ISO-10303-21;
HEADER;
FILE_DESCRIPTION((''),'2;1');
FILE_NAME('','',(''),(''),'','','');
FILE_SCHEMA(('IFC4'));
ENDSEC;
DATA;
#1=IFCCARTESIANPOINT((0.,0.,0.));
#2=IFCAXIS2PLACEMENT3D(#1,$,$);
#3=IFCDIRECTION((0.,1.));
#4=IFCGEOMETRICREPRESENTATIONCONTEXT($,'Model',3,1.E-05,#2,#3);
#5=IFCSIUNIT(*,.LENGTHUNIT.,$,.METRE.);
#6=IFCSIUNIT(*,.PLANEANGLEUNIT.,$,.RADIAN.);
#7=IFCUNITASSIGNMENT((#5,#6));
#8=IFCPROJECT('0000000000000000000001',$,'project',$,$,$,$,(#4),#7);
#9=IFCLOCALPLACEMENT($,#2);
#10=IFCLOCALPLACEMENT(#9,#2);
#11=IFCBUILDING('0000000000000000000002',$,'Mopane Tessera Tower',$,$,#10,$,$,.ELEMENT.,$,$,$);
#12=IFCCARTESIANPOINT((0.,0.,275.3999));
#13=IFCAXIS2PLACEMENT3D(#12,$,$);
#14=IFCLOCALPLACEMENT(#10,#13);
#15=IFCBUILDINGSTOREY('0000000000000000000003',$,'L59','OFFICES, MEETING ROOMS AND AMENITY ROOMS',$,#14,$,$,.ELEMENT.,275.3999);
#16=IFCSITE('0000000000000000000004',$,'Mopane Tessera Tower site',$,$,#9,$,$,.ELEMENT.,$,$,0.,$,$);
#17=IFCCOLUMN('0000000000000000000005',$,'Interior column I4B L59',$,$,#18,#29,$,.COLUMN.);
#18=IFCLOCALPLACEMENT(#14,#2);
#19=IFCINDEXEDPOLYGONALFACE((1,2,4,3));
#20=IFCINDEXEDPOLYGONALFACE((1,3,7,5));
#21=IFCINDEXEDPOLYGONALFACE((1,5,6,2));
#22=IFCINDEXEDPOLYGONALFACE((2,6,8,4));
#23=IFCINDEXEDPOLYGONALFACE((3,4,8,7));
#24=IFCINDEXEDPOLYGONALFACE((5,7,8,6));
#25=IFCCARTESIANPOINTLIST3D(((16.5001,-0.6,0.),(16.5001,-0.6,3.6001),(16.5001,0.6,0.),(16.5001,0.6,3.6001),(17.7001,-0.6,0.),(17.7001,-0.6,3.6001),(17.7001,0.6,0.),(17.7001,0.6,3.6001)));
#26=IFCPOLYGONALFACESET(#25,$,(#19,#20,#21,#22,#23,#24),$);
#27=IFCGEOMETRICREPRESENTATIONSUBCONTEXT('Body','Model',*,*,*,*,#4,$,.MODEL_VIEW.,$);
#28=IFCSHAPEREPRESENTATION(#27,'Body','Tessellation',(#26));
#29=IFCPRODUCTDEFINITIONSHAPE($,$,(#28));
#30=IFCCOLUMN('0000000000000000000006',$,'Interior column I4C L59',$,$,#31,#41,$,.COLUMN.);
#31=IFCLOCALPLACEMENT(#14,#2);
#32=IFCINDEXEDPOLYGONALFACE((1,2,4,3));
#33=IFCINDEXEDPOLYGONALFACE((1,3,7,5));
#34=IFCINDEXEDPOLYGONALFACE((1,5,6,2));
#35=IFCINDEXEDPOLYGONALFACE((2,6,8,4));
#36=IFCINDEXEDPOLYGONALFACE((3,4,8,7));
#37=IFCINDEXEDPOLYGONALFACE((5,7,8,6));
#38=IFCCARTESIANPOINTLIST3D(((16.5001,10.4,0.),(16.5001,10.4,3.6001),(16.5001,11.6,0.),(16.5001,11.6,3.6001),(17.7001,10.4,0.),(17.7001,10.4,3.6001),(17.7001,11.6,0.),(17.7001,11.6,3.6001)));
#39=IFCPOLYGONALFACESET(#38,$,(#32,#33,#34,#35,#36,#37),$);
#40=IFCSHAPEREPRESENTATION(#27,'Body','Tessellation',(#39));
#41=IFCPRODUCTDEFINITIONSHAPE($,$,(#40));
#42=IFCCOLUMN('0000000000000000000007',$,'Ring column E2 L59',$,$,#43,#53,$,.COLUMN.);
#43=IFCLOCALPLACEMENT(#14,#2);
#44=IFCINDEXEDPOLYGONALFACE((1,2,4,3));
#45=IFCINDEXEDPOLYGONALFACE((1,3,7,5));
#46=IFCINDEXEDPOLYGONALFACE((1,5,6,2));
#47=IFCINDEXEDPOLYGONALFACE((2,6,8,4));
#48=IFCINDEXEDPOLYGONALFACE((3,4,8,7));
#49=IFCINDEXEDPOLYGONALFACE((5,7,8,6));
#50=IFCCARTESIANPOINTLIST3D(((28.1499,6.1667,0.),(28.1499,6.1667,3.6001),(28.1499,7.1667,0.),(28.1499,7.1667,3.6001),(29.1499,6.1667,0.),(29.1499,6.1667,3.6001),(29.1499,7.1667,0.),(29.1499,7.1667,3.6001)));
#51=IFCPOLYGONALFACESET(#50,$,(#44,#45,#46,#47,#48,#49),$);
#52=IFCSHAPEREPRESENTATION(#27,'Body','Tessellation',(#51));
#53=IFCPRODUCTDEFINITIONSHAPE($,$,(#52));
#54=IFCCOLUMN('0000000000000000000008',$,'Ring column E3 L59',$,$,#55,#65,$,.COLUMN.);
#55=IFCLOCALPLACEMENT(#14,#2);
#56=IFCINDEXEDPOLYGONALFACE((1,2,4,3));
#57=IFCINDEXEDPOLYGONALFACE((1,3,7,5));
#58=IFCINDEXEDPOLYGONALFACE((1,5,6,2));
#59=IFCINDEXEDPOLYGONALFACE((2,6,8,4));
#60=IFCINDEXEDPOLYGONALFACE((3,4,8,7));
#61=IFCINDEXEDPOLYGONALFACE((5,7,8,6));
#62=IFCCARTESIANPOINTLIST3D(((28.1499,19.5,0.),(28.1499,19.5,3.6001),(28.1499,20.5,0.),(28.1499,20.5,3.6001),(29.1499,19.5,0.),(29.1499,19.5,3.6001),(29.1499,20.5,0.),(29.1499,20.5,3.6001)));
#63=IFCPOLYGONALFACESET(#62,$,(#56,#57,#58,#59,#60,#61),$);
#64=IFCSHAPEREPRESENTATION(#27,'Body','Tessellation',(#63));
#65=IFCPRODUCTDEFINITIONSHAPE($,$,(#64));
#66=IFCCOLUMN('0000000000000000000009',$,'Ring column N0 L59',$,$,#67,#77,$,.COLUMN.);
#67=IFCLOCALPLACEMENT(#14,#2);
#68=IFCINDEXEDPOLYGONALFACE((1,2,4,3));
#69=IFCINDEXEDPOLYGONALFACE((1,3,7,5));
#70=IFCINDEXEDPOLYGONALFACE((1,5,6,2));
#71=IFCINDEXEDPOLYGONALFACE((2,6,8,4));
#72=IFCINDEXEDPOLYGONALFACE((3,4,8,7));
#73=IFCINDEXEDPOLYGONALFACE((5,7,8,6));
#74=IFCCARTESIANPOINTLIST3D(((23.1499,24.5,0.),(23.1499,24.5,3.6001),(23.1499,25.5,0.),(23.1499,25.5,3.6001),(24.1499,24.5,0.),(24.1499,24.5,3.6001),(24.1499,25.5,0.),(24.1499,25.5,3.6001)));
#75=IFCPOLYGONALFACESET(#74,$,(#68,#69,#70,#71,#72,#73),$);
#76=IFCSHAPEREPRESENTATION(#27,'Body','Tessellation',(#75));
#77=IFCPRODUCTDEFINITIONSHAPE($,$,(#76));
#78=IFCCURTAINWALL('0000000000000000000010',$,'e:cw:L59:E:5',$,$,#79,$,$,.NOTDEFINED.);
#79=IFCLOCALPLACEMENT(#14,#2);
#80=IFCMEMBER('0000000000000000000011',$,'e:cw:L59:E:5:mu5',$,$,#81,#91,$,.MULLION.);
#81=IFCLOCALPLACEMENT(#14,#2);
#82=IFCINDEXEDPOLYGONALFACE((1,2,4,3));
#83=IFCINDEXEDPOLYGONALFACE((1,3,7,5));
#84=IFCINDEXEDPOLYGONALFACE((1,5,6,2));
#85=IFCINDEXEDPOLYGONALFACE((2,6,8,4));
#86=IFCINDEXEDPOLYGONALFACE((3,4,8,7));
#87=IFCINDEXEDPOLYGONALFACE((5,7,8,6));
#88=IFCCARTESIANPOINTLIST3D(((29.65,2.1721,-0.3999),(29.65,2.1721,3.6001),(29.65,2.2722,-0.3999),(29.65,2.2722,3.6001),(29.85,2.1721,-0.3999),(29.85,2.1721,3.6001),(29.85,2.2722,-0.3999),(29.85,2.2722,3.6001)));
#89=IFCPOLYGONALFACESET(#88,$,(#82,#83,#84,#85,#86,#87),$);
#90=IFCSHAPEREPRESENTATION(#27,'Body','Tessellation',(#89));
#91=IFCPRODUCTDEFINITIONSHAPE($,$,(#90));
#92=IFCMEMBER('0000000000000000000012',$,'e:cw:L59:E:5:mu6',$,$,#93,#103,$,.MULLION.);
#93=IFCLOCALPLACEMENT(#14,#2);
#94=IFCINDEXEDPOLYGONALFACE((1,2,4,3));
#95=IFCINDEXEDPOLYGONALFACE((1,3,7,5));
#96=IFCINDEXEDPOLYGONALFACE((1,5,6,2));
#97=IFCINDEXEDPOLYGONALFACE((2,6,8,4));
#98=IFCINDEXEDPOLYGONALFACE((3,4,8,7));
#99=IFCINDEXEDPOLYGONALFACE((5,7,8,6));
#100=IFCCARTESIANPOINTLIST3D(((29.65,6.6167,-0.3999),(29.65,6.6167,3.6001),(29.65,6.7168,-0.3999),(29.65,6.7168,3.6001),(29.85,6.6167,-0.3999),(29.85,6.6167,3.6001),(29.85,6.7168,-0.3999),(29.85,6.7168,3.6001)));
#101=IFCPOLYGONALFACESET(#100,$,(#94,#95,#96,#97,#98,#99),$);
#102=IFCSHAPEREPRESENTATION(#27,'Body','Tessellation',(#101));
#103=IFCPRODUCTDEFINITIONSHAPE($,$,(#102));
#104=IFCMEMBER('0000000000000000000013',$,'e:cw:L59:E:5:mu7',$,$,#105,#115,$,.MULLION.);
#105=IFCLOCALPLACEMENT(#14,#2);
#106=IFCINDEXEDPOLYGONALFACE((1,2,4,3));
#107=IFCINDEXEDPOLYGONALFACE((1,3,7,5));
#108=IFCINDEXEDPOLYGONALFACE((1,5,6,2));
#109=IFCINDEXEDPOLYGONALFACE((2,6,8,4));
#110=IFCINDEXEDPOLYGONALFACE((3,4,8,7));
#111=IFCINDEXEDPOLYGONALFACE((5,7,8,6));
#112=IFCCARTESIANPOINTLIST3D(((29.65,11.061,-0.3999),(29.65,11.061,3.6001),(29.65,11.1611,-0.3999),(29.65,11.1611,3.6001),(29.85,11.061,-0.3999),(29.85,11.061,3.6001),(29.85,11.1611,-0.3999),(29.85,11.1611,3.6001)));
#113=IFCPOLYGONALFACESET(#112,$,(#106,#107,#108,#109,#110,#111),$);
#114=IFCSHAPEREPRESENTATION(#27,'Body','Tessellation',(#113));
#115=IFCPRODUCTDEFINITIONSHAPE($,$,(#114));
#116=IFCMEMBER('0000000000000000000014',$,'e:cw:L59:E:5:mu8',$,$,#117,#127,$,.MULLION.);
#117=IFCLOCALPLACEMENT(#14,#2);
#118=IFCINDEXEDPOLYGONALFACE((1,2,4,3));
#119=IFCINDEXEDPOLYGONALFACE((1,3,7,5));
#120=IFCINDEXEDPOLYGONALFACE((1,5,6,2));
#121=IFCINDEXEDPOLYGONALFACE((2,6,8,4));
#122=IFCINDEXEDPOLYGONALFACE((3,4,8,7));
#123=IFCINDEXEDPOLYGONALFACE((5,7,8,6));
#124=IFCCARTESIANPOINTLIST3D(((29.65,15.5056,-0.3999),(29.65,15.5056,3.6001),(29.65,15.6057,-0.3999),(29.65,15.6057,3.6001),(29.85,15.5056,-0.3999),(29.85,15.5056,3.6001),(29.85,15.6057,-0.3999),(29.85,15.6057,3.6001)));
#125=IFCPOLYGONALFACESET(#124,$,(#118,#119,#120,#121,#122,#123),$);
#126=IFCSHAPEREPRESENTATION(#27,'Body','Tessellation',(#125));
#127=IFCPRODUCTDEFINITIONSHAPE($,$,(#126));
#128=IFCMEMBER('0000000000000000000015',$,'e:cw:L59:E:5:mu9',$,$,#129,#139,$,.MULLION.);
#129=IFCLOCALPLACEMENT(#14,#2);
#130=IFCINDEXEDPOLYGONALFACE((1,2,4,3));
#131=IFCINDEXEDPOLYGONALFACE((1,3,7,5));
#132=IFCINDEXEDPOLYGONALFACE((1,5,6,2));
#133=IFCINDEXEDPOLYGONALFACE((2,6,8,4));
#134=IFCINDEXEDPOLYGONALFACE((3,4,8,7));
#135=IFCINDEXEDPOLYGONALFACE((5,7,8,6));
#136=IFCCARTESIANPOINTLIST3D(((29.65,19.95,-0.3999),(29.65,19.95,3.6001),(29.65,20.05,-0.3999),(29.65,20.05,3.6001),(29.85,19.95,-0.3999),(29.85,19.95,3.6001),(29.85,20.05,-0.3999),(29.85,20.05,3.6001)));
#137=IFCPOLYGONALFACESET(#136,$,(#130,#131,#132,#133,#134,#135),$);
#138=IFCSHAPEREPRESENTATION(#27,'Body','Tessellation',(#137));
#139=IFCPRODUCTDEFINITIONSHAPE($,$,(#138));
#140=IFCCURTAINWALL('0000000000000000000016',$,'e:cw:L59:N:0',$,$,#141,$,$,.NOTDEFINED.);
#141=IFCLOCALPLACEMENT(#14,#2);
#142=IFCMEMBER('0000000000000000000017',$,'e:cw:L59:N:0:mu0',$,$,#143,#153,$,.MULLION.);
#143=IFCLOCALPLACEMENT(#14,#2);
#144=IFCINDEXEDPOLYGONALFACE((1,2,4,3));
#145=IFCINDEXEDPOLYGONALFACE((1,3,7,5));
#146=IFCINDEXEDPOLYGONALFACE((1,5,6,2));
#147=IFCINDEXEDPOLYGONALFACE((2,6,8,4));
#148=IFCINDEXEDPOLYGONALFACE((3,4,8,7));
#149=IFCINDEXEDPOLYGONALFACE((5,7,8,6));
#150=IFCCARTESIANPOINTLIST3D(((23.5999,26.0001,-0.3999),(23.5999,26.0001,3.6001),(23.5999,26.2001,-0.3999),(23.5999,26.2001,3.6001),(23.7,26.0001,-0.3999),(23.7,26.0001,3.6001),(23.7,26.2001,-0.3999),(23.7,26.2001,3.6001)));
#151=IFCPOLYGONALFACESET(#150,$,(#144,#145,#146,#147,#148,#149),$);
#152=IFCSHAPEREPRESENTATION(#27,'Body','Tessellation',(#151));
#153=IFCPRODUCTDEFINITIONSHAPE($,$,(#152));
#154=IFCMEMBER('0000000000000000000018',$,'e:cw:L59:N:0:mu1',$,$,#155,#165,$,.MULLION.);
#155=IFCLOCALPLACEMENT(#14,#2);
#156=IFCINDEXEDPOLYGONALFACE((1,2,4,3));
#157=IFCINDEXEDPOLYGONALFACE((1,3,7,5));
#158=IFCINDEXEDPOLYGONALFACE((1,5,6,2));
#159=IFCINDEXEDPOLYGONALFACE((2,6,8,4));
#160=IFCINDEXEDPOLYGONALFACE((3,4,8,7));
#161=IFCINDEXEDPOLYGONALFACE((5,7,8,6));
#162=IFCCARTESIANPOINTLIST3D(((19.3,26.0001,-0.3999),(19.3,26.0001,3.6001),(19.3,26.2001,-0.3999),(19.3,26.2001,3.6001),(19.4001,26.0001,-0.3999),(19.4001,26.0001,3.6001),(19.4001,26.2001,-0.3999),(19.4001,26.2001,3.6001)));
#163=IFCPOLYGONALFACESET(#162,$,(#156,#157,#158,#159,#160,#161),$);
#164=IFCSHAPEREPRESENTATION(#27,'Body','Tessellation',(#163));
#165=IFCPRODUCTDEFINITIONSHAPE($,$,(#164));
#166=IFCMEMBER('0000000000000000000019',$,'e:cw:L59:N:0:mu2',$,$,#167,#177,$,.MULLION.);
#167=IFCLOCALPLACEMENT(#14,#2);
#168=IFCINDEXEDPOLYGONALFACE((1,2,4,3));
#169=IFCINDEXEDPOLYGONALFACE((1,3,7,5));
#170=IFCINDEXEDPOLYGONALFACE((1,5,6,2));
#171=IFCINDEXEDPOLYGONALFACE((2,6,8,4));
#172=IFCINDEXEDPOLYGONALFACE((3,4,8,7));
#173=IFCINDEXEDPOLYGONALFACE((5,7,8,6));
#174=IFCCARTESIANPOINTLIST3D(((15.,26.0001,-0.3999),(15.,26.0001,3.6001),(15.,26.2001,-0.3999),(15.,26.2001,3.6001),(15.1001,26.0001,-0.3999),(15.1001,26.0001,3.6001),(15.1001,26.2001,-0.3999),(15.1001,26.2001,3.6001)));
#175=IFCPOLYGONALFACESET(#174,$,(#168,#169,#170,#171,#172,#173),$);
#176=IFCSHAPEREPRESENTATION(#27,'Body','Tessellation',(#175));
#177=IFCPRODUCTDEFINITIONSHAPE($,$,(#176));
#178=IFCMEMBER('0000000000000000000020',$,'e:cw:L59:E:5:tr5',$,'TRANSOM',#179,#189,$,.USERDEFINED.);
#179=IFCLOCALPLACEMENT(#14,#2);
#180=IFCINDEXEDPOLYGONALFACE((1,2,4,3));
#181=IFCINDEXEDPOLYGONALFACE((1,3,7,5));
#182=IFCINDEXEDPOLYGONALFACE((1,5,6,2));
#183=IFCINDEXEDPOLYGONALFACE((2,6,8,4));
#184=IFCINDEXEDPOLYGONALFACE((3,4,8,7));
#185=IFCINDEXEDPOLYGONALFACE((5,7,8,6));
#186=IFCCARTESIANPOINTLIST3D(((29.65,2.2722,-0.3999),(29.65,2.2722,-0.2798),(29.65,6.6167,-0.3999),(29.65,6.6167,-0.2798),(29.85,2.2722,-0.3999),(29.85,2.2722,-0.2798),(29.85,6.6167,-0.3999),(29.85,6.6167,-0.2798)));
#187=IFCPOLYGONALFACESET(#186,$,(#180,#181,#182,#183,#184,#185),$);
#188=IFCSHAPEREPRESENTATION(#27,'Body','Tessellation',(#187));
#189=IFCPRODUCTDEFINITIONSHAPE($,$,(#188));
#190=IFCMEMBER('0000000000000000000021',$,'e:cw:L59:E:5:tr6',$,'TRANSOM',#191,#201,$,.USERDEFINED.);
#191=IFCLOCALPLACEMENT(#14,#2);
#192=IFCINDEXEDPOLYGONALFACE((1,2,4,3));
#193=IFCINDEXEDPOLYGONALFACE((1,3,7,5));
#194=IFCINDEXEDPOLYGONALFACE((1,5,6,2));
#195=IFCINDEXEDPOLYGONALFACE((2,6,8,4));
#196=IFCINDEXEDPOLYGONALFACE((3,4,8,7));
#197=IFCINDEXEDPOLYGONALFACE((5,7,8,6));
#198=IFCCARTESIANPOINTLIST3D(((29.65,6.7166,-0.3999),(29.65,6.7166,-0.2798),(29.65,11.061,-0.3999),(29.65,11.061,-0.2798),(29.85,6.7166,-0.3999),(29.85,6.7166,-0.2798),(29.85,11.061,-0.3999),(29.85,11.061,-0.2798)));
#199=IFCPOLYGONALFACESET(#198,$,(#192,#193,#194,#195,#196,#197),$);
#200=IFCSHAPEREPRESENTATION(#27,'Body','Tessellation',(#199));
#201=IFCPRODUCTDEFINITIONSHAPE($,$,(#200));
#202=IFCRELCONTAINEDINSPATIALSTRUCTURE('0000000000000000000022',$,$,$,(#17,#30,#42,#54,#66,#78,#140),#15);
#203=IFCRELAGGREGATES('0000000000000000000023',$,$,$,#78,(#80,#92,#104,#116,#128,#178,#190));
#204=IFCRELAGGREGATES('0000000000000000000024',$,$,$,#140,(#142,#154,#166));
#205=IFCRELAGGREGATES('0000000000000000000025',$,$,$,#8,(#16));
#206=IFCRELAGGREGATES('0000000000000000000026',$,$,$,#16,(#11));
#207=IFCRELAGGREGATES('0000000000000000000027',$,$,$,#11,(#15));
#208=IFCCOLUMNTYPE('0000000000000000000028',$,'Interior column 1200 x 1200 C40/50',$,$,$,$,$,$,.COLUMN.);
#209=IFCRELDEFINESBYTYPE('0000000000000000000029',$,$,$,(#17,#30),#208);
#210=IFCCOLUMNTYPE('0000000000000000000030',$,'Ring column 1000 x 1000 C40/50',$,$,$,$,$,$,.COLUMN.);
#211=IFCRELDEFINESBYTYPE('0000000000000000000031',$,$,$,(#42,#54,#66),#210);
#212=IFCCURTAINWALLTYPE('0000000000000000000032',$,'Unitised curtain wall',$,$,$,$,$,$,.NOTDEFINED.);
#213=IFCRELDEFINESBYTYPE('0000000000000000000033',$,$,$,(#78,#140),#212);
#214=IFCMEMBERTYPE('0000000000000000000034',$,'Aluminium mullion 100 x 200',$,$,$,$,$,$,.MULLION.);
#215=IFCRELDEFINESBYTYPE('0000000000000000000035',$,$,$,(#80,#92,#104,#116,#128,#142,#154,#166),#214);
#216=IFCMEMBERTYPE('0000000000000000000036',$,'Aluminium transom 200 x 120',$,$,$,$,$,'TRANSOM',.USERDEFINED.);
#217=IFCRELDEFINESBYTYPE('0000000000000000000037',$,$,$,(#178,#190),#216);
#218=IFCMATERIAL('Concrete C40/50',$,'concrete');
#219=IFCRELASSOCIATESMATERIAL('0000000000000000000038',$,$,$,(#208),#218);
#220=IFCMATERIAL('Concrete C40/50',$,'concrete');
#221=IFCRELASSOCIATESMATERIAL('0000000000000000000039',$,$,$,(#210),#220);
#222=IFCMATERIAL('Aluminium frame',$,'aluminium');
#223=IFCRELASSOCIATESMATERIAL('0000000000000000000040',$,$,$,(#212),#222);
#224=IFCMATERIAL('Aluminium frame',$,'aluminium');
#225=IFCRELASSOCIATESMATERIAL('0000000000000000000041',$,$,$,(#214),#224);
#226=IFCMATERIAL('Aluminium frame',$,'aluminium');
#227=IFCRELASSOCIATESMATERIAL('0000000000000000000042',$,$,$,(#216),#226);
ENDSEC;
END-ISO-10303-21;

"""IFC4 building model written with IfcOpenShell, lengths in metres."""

from ifc_helpers import new_model, si_unit, direction, frame, origin, origin_2d, place, context, subcontext, project, spatial, rectangle, extrude, material, material_profile, profile_set, type_object, element, aggregate, save


model = new_model("IFC4")

# Units and contexts
model_context = context("Model", 3, precision=1e-05, world=origin(), true_north=direction((0.0, 1.0)))
body_context = subcontext(model_context, "Body", "Model", "MODEL_VIEW")
ifc_project = project(units=[si_unit("LENGTHUNIT", "METRE"), si_unit("PLANEANGLEUNIT", "RADIAN")], contexts=[model_context])

# Site, building, storey
site_placement = place(None, origin())
site = spatial("IfcSite", under=ifc_project, at=site_placement, Name="Mopane Tessera Tower site", CompositionType="ELEMENT", RefElevation=0.0)
building_placement = place(site_placement, origin())
building = spatial("IfcBuilding", under=site, at=building_placement, Name="Mopane Tessera Tower", CompositionType="ELEMENT")
storey_placement = place(building_placement, frame((0.0, 0.0, 275.3999)))
storey = spatial("IfcBuildingStorey", under=building, at=storey_placement, Name="L59", Description="OFFICES, MEETING ROOMS AND AMENITY ROOMS", CompositionType="ELEMENT", Elevation=275.3999)

# Columns
ifc_material_1 = material(Name="Concrete C40/50", Category="concrete")
ifc_material_profile_1 = material_profile(ifc_material_1, rectangle(XDim=1.2, YDim=1.2, at=origin_2d()))
ifc_profile_set_1 = profile_set([ifc_material_profile_1], Name="Concrete C40/50")
column_type_1 = type_object("IfcColumnType", Name="Interior column 1200 x 1200 C40/50", PredefinedType="COLUMN", material=ifc_profile_set_1)
for number, where, z_axis, x_axis, name in (
    (1, (17.1001, 0.0, 0.0), (0.0, 0.0, 1.0), (1.0, 0.0, 0.0), "Interior column I4B L59"),
    (2, (17.1001, 11.0, 0.0), (0.0, 0.0, 1.0), (1.0, 0.0, 0.0), "Interior column I4C L59"),
):
    element("IfcColumn", number, at=place(storey_placement, frame(where, z_axis=z_axis, x_axis=x_axis)), inside=storey, type_object=column_type_1, Name=name, PredefinedType="COLUMN", context=body_context, shape_type="SweptSolid", body=[
        extrude(rectangle(XDim=1.2, YDim=1.2, at=origin_2d()), origin(), (0.0, 0.0, 1.0), 3.6001),
    ])
ifc_material_2 = material(Name="Concrete C40/50", Category="concrete")
ifc_material_profile_2 = material_profile(ifc_material_2, rectangle(XDim=1.0, YDim=1.0, at=origin_2d()))
ifc_profile_set_2 = profile_set([ifc_material_profile_2], Name="Concrete C40/50")
column_type_2 = type_object("IfcColumnType", Name="Ring column 1000 x 1000 C40/50", PredefinedType="COLUMN", material=ifc_profile_set_2)
for number, where, z_axis, x_axis, name in (
    (3, (28.6499, 6.6667, 0.0), (0.0, 0.0, 1.0), (1.0, 0.0, 0.0), "Ring column E2 L59"),
    (4, (28.6499, 20.0, 0.0), (0.0, 0.0, 1.0), (1.0, 0.0, 0.0), "Ring column E3 L59"),
    (5, (23.6499, 25.0, 0.0), (0.0, 0.0, 1.0), (1.0, 0.0, 0.0), "Ring column N0 L59"),
):
    element("IfcColumn", number, at=place(storey_placement, frame(where, z_axis=z_axis, x_axis=x_axis)), inside=storey, type_object=column_type_2, Name=name, PredefinedType="COLUMN", context=body_context, shape_type="SweptSolid", body=[
        extrude(rectangle(XDim=1.0, YDim=1.0, at=origin_2d()), origin(), (0.0, 0.0, 1.0), 3.6001),
    ])

# Curtain walls, members
ifc_material_3 = material(Name="Aluminium frame", Category="aluminium")
curtain_wall_type = type_object("IfcCurtainWallType", Name="Unitised curtain wall", PredefinedType="NOTDEFINED", material=ifc_material_3)
curtain_wall_1_placement = place(storey_placement, origin())
curtain_wall_1 = element("IfcCurtainWall", 6, at=curtain_wall_1_placement, inside=storey, type_object=curtain_wall_type, Name="e:cw:L59:E:5", PredefinedType="NOTDEFINED")
ifc_material_4 = material(Name="Aluminium frame", Category="aluminium")
ifc_material_profile_3 = material_profile(ifc_material_4, rectangle(XDim=0.1001, YDim=0.2, at=origin_2d()))
ifc_profile_set_3 = profile_set([ifc_material_profile_3], Name="Aluminium frame")
member_type_1 = type_object("IfcMemberType", Name="Aluminium mullion 100 x 200", PredefinedType="MULLION", material=ifc_profile_set_3)
member_1_placement = place(storey_placement, frame((29.75, 2.2222, -0.3999), z_axis=(0.0, 0.0, 1.0), x_axis=(0.0, 1.0, 0.0)))
member_1 = element("IfcMember", 7, at=member_1_placement, type_object=member_type_1, Name="e:cw:L59:E:5:mu5", PredefinedType="MULLION", context=body_context, shape_type="SweptSolid", body=[
    extrude(rectangle(XDim=0.1001, YDim=0.2, at=origin_2d()), origin(), (0.0, 0.0, 1.0), 4.0),
])
member_2_placement = place(storey_placement, frame((29.75, 6.6667, -0.3999), z_axis=(0.0, 0.0, 1.0), x_axis=(0.0, 1.0, 0.0)))
member_2 = element("IfcMember", 8, at=member_2_placement, type_object=member_type_1, Name="e:cw:L59:E:5:mu6", PredefinedType="MULLION", context=body_context, shape_type="SweptSolid", body=[
    extrude(rectangle(XDim=0.1001, YDim=0.2, at=origin_2d()), origin(), (0.0, 0.0, 1.0), 4.0),
])
member_3_placement = place(storey_placement, frame((29.75, 11.1111, -0.3999), z_axis=(0.0, 0.0, 1.0), x_axis=(0.0, 1.0, 0.0)))
member_3 = element("IfcMember", 9, at=member_3_placement, type_object=member_type_1, Name="e:cw:L59:E:5:mu7", PredefinedType="MULLION", context=body_context, shape_type="SweptSolid", body=[
    extrude(rectangle(XDim=0.1001, YDim=0.2, at=origin_2d()), origin(), (0.0, 0.0, 1.0), 4.0),
])
member_4_placement = place(storey_placement, frame((29.75, 15.5557, -0.3999), z_axis=(0.0, 0.0, 1.0), x_axis=(0.0, 1.0, 0.0)))
member_4 = element("IfcMember", 10, at=member_4_placement, type_object=member_type_1, Name="e:cw:L59:E:5:mu8", PredefinedType="MULLION", context=body_context, shape_type="SweptSolid", body=[
    extrude(rectangle(XDim=0.1001, YDim=0.2, at=origin_2d()), origin(), (0.0, 0.0, 1.0), 4.0),
])
member_5_placement = place(storey_placement, frame((29.75, 20.0, -0.3999), z_axis=(0.0, 0.0, 1.0), x_axis=(0.0, 1.0, 0.0)))
member_5 = element("IfcMember", 11, at=member_5_placement, type_object=member_type_1, Name="e:cw:L59:E:5:mu9", PredefinedType="MULLION", context=body_context, shape_type="SweptSolid", body=[
    extrude(rectangle(XDim=0.1001, YDim=0.2, at=origin_2d()), origin(), (0.0, 0.0, 1.0), 4.0),
])
curtain_wall_2_placement = place(storey_placement, origin())
curtain_wall_2 = element("IfcCurtainWall", 12, at=curtain_wall_2_placement, inside=storey, type_object=curtain_wall_type, Name="e:cw:L59:N:0", PredefinedType="NOTDEFINED")
member_6_placement = place(storey_placement, frame((23.6499, 26.1001, -0.3999), z_axis=(0.0, 0.0, 1.0), x_axis=(-1.0, 0.0, 0.0)))
member_6 = element("IfcMember", 13, at=member_6_placement, type_object=member_type_1, Name="e:cw:L59:N:0:mu0", PredefinedType="MULLION", context=body_context, shape_type="SweptSolid", body=[
    extrude(rectangle(XDim=0.1001, YDim=0.2, at=origin_2d()), origin(), (0.0, 0.0, 1.0), 4.0),
])
member_7_placement = place(storey_placement, frame((19.3501, 26.1001, -0.3999), z_axis=(0.0, 0.0, 1.0), x_axis=(-1.0, 0.0, 0.0)))
member_7 = element("IfcMember", 14, at=member_7_placement, type_object=member_type_1, Name="e:cw:L59:N:0:mu1", PredefinedType="MULLION", context=body_context, shape_type="SweptSolid", body=[
    extrude(rectangle(XDim=0.1001, YDim=0.2, at=origin_2d()), origin(), (0.0, 0.0, 1.0), 4.0),
])
member_8_placement = place(storey_placement, frame((15.05, 26.1001, -0.3999), z_axis=(0.0, 0.0, 1.0), x_axis=(-1.0, 0.0, 0.0)))
member_8 = element("IfcMember", 15, at=member_8_placement, type_object=member_type_1, Name="e:cw:L59:N:0:mu2", PredefinedType="MULLION", context=body_context, shape_type="SweptSolid", body=[
    extrude(rectangle(XDim=0.1001, YDim=0.2, at=origin_2d()), origin(), (0.0, 0.0, 1.0), 4.0),
])

# Members
ifc_material_5 = material(Name="Aluminium frame", Category="aluminium")
ifc_material_profile_4 = material_profile(ifc_material_5, rectangle(XDim=0.2, YDim=0.1201, at=origin_2d()))
ifc_profile_set_4 = profile_set([ifc_material_profile_4], Name="Aluminium frame")
member_type_2 = type_object("IfcMemberType", Name="Aluminium transom 200 x 120", ElementType="TRANSOM", PredefinedType="USERDEFINED", material=ifc_profile_set_4)
member_9_placement = place(storey_placement, frame((29.75, 2.2722, -0.3398), z_axis=(0.0, 1.0, 0.0), x_axis=(-1.0, 0.0, 0.0)))
member_9 = element("IfcMember", 16, at=member_9_placement, type_object=member_type_2, Name="e:cw:L59:E:5:tr5", ObjectType="TRANSOM", PredefinedType="USERDEFINED", context=body_context, shape_type="SweptSolid", body=[
    extrude(rectangle(XDim=0.2, YDim=0.1201, at=origin_2d()), origin(), (0.0, 0.0, 1.0), 4.3445),
])
member_10_placement = place(storey_placement, frame((29.75, 6.7166, -0.3398), z_axis=(0.0, 1.0, 0.0), x_axis=(-1.0, 0.0, 0.0)))
member_10 = element("IfcMember", 17, at=member_10_placement, type_object=member_type_2, Name="e:cw:L59:E:5:tr6", ObjectType="TRANSOM", PredefinedType="USERDEFINED", context=body_context, shape_type="SweptSolid", body=[
    extrude(rectangle(XDim=0.2, YDim=0.1201, at=origin_2d()), origin(), (0.0, 0.0, 1.0), 4.3445),
])

aggregate(curtain_wall_1, [member_1, member_2, member_3, member_4, member_5, member_9, member_10])
aggregate(curtain_wall_2, [member_6, member_7, member_8])

save(model, "model.ifc")
